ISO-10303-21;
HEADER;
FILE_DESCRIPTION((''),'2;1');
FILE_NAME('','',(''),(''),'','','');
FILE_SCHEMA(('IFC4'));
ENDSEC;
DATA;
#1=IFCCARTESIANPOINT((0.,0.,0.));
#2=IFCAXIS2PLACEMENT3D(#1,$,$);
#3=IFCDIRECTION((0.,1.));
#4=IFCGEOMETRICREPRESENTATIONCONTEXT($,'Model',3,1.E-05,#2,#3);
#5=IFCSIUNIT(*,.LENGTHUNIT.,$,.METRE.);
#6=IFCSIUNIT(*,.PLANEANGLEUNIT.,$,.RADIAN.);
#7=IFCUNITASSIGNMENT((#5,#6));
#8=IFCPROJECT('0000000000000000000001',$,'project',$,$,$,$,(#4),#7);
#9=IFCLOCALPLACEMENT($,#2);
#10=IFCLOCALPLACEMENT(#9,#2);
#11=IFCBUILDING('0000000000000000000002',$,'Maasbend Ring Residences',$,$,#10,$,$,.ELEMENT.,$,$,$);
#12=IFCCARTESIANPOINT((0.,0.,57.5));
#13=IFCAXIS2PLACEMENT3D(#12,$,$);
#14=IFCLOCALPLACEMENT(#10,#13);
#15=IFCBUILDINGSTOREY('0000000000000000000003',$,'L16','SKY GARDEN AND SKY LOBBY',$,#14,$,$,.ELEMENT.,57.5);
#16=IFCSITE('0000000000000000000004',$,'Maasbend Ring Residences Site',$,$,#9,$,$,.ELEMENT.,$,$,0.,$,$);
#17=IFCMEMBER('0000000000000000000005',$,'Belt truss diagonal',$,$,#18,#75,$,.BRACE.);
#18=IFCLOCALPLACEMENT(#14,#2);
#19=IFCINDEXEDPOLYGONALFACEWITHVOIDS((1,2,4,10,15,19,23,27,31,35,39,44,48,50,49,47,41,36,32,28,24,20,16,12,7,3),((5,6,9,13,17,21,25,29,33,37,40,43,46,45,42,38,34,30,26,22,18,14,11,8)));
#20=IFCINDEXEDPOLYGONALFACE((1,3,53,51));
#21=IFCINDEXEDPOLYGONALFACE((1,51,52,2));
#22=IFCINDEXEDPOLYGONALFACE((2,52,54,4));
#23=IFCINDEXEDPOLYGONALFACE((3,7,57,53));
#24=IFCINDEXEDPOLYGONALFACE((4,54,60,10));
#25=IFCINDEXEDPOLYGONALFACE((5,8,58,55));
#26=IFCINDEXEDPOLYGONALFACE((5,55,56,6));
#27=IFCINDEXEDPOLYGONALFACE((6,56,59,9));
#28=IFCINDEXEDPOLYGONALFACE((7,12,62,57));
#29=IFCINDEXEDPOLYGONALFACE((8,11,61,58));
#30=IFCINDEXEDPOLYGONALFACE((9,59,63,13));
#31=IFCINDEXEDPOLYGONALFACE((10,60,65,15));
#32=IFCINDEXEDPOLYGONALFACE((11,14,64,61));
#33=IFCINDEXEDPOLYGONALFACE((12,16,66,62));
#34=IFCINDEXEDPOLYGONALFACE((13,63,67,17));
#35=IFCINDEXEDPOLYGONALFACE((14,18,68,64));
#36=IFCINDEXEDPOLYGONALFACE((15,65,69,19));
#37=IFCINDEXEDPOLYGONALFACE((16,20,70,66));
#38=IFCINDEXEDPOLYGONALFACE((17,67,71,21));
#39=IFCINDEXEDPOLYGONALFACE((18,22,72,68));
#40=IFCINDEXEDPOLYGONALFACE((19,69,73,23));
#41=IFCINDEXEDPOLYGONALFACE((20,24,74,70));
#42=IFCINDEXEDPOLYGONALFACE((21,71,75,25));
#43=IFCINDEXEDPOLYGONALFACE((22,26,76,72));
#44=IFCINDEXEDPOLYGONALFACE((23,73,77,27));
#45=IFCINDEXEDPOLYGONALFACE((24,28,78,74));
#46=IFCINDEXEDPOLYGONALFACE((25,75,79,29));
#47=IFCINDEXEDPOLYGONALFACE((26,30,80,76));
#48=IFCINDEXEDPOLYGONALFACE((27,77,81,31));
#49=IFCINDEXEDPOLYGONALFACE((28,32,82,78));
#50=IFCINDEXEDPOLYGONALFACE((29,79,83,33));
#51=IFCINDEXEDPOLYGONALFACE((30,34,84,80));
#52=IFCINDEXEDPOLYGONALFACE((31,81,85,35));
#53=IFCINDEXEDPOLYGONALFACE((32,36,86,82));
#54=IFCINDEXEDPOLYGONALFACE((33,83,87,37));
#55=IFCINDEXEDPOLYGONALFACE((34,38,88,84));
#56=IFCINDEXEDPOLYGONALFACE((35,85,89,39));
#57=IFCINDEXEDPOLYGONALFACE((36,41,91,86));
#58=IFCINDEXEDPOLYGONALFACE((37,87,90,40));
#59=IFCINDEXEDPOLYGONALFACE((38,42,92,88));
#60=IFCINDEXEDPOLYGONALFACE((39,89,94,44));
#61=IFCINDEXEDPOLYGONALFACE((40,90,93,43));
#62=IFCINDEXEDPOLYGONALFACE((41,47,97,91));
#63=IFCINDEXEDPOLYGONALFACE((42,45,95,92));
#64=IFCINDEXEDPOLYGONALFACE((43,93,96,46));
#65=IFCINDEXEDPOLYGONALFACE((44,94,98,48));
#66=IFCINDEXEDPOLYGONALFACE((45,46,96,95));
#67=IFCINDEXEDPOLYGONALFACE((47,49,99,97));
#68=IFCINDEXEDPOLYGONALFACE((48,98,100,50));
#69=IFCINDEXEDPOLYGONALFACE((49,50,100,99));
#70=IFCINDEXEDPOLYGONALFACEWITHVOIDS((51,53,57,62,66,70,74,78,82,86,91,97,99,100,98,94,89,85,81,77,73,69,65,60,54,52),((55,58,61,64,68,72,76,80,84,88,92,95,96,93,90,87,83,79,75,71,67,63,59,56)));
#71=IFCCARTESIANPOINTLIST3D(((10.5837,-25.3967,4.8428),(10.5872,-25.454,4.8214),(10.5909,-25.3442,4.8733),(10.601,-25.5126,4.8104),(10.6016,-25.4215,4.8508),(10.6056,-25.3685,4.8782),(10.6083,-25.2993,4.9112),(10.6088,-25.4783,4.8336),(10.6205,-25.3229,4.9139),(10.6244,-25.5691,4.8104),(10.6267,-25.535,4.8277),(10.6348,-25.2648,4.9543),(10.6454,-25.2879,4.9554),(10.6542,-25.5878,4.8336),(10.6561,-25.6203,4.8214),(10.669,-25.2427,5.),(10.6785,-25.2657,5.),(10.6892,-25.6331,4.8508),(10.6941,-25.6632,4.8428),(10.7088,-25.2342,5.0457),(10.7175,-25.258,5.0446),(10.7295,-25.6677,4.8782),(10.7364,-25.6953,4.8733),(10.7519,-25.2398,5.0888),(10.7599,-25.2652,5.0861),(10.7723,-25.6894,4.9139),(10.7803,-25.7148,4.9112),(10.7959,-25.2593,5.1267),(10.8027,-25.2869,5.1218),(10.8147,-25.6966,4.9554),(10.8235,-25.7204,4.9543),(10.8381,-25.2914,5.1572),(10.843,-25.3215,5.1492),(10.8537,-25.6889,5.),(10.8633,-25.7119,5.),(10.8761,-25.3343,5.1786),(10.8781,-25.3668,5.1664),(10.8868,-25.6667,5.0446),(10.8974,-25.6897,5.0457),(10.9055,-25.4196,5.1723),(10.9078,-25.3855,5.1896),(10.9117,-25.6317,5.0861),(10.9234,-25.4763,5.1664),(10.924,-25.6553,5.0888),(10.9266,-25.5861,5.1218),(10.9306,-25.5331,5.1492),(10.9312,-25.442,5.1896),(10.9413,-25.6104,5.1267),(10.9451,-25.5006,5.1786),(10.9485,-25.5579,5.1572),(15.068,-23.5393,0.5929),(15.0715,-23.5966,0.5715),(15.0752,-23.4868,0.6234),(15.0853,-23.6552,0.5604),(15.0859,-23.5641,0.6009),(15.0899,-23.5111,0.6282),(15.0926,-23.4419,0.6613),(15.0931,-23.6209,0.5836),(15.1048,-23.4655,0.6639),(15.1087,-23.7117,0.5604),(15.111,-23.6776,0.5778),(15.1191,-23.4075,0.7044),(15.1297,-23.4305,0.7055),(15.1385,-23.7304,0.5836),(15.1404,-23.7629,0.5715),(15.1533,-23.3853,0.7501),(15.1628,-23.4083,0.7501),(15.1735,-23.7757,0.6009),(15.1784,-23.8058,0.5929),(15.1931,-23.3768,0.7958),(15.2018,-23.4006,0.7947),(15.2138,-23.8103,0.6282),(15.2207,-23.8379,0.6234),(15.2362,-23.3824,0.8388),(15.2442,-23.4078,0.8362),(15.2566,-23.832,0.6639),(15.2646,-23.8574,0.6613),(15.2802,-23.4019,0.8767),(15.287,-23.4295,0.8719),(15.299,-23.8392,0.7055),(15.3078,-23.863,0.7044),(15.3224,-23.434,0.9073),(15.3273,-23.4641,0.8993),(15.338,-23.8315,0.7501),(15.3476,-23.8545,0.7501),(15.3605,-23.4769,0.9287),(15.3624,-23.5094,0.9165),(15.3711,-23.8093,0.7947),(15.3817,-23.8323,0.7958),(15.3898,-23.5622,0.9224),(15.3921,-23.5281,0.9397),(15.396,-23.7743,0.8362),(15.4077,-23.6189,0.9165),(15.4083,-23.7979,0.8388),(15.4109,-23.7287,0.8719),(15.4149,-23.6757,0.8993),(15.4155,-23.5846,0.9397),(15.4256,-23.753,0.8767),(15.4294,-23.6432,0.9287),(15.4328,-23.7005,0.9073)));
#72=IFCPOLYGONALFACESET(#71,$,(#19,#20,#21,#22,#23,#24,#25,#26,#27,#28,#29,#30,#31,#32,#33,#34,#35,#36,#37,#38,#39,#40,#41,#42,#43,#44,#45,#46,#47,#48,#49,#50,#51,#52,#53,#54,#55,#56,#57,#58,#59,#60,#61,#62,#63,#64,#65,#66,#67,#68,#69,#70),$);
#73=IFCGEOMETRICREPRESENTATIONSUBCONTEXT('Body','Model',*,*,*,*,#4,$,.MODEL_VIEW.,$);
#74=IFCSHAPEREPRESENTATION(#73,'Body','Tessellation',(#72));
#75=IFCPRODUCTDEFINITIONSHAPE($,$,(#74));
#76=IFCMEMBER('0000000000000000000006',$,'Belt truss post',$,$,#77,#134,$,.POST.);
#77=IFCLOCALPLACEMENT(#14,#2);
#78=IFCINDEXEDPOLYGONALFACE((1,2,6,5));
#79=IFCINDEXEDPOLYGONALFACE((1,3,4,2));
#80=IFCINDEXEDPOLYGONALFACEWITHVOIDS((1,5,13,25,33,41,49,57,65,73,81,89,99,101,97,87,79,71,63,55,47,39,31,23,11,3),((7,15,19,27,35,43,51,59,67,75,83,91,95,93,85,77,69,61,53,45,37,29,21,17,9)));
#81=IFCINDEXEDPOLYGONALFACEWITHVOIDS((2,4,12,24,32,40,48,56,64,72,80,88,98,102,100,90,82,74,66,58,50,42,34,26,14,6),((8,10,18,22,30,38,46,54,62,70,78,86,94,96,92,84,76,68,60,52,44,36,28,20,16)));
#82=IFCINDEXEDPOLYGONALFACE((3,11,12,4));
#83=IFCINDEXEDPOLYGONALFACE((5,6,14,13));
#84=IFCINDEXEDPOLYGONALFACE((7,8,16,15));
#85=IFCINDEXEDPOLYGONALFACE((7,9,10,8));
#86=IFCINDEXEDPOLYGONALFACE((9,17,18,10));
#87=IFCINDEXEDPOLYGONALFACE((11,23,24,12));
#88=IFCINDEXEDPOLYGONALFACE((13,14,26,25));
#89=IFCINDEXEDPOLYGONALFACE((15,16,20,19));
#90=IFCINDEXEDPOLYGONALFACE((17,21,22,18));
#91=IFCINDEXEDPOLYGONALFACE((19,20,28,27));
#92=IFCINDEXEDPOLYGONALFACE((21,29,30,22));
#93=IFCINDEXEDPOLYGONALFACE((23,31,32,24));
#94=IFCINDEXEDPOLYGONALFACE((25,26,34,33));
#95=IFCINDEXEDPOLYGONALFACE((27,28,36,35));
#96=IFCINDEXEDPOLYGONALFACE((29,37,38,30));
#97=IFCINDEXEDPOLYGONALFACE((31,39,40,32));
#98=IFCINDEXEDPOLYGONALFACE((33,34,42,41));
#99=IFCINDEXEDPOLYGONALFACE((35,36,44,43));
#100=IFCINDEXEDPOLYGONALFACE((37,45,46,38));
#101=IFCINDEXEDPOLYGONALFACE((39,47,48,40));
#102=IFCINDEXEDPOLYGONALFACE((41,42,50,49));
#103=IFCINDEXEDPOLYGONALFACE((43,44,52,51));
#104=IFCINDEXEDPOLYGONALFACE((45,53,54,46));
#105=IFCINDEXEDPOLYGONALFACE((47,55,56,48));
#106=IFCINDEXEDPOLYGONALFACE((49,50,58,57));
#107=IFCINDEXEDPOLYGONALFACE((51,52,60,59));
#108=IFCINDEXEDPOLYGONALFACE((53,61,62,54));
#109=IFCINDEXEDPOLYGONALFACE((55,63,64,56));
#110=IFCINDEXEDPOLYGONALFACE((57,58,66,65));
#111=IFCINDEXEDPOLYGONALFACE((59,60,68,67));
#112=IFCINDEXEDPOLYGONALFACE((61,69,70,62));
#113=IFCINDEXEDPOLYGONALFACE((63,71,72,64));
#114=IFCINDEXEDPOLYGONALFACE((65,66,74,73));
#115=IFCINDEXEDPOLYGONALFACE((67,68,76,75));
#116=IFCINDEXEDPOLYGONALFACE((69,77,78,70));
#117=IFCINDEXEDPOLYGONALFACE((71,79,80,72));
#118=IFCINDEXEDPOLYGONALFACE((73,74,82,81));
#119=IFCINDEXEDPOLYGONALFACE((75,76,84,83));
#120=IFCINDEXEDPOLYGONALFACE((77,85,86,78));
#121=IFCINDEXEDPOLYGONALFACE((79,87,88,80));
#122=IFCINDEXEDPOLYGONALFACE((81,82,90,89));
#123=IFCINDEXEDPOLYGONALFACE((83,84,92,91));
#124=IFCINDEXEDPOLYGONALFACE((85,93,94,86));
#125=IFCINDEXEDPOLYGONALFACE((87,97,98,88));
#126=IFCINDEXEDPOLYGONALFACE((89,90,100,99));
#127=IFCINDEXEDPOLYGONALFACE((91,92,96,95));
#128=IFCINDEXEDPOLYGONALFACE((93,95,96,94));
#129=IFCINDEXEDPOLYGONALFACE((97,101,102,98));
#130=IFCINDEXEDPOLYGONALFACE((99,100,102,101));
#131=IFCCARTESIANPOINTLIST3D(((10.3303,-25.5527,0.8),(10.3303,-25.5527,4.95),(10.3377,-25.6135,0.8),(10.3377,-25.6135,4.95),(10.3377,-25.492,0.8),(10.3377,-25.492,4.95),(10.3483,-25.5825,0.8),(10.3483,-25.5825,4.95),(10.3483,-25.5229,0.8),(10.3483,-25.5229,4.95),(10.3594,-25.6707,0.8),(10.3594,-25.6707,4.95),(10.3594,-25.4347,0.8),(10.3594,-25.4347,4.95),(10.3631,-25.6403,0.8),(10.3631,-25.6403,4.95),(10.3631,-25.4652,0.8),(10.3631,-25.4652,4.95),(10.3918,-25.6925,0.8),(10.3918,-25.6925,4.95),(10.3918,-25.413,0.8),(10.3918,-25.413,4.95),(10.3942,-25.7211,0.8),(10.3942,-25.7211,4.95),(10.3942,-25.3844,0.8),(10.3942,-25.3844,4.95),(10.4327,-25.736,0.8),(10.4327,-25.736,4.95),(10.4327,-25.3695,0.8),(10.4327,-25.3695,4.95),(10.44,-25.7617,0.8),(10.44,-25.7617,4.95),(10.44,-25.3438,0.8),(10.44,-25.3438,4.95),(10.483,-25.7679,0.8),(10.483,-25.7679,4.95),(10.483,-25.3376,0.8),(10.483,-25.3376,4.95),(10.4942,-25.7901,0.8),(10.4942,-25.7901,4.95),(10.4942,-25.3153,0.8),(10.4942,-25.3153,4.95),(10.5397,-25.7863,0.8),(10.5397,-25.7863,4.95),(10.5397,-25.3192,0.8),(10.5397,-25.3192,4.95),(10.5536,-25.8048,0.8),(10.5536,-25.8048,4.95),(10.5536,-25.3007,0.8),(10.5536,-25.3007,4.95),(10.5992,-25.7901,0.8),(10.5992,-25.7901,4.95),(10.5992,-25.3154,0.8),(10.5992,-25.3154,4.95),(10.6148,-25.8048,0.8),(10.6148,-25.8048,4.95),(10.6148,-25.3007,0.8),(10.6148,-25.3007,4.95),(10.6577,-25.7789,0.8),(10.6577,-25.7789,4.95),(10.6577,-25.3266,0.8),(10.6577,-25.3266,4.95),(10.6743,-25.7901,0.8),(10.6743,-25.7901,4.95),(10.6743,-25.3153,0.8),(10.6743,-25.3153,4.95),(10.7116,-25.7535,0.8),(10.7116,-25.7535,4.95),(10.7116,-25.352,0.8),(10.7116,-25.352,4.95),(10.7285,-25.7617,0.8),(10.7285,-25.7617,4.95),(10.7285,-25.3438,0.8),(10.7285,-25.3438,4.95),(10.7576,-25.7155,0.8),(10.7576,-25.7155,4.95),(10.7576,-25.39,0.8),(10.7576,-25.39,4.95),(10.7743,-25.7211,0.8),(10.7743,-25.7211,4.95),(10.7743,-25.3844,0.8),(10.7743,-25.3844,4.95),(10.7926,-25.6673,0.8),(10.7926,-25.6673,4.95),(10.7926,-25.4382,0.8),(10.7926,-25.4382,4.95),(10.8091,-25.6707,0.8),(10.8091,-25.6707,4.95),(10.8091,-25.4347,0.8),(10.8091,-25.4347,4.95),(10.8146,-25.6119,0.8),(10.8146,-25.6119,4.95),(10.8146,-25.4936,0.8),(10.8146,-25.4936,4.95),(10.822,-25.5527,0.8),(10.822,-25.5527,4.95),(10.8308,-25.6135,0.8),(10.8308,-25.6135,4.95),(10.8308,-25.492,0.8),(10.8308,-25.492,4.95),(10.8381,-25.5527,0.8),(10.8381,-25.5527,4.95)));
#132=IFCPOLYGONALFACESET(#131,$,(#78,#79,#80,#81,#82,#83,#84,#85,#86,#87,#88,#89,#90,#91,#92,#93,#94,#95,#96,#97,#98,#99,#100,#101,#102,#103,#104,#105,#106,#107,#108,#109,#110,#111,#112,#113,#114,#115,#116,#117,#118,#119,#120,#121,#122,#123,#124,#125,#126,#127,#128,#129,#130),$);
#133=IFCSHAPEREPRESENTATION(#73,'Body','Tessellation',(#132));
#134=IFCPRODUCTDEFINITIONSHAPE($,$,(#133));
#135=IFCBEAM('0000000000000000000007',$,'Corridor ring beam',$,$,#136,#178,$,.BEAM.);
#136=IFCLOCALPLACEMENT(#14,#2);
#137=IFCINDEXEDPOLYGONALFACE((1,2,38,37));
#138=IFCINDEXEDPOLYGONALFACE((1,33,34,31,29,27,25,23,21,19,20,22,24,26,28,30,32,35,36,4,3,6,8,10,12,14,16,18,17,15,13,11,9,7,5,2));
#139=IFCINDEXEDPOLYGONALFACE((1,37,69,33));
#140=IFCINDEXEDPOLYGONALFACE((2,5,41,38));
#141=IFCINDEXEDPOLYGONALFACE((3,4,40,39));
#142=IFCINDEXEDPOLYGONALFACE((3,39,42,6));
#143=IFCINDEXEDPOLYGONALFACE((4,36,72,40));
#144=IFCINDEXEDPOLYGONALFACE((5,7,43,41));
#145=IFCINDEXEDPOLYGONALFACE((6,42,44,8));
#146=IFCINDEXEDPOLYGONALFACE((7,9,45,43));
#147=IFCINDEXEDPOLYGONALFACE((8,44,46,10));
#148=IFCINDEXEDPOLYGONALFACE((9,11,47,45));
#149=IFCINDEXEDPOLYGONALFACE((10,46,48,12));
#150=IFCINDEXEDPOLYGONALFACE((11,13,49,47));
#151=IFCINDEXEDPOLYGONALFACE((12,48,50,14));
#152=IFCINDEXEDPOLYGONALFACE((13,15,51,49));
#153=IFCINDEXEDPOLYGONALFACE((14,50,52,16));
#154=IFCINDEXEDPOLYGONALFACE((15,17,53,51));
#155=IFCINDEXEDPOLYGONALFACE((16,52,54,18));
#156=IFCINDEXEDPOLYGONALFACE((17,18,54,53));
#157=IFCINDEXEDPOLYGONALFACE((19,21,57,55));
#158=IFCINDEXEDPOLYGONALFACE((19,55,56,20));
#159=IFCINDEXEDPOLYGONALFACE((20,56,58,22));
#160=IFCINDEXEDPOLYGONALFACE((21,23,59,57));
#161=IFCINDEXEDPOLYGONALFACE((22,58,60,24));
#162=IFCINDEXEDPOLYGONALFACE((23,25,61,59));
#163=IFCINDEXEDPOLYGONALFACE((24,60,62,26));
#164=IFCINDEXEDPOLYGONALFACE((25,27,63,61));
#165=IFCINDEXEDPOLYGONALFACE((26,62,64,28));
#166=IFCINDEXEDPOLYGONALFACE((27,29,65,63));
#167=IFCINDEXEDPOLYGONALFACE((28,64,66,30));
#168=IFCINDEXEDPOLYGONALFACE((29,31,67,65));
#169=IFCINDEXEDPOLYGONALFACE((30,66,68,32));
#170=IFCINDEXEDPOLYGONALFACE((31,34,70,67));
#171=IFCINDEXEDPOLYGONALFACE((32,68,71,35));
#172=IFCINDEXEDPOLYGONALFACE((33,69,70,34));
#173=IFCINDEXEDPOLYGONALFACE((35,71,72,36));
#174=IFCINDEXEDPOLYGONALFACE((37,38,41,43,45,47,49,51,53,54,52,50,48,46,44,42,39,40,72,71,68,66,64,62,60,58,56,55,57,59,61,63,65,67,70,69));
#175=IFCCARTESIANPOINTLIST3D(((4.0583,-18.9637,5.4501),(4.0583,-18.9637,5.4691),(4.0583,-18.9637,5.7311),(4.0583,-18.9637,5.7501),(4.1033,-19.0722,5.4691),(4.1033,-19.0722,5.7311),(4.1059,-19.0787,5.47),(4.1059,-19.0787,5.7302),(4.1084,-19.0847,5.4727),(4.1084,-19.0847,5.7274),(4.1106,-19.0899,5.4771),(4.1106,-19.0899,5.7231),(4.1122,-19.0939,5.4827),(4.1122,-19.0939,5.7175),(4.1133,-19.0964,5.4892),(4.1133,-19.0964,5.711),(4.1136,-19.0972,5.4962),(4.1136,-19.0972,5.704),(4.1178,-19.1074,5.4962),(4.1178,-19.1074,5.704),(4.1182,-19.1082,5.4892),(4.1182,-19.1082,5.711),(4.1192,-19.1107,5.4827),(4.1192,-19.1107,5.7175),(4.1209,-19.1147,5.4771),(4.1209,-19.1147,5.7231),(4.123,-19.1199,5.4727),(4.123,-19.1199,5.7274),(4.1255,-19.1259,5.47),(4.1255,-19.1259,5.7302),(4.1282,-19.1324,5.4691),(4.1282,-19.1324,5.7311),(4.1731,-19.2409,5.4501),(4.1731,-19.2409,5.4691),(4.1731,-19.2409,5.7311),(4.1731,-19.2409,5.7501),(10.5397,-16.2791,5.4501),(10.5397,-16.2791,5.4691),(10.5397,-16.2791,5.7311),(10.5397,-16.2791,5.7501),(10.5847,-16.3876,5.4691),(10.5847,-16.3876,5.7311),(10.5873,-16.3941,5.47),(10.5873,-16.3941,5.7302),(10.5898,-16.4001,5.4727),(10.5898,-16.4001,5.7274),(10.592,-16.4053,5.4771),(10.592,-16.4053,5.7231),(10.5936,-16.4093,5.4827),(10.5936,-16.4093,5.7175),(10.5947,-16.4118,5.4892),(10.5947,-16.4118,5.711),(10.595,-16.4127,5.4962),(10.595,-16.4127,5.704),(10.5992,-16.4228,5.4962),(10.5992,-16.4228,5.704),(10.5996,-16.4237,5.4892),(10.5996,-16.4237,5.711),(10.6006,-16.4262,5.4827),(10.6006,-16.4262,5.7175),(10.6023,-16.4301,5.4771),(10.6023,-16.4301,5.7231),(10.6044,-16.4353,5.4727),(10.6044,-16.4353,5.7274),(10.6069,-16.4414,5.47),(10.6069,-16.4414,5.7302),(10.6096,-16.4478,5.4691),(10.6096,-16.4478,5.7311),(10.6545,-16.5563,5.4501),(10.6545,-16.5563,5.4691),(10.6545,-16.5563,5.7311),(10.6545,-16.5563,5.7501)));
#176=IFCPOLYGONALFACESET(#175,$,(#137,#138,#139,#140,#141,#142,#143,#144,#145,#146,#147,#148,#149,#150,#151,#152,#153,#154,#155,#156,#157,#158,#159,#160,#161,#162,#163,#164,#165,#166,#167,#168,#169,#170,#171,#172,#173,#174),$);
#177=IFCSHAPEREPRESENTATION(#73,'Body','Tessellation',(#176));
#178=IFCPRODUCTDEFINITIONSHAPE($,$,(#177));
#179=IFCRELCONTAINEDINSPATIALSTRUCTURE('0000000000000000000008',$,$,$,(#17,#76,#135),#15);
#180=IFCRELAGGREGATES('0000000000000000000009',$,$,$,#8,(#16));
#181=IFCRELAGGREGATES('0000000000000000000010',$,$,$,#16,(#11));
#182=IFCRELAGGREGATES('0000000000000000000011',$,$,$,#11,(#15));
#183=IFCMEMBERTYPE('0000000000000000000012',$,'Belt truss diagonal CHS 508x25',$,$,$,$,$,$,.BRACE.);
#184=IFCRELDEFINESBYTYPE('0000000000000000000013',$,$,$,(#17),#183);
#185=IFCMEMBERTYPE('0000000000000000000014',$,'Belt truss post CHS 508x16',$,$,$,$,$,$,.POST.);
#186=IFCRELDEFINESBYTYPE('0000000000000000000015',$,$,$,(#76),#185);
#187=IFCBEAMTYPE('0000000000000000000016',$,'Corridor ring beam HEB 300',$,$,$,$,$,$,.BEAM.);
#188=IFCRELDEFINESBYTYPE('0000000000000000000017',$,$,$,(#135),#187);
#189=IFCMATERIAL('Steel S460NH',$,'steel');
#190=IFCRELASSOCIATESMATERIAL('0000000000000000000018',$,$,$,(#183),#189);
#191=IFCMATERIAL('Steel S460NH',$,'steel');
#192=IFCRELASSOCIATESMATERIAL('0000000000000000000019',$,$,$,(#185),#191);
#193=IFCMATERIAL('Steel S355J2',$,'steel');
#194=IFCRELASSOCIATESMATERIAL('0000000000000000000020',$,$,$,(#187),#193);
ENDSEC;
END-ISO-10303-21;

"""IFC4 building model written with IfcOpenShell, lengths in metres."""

from ifc_helpers import new_model, si_unit, direction, frame, origin, origin_2d, place, context, subcontext, project, spatial, hollow_circle, i_section, extrude, material, material_profile, profile_set, type_object, element, save


model = new_model("IFC4")

# Units and contexts
model_context = context("Model", 3, precision=1e-05, world=origin(), true_north=direction((0.0, 1.0)))
body_context = subcontext(model_context, "Body", "Model", "MODEL_VIEW")
ifc_project = project(units=[si_unit("LENGTHUNIT", "METRE"), si_unit("PLANEANGLEUNIT", "RADIAN")], contexts=[model_context])

# Site, building, storey
site_placement = place(None, origin())
site = spatial("IfcSite", under=ifc_project, at=site_placement, Name="Maasbend Ring Residences Site", CompositionType="ELEMENT", RefElevation=0.0)
building_placement = place(site_placement, origin())
building = spatial("IfcBuilding", under=site, at=building_placement, Name="Maasbend Ring Residences", CompositionType="ELEMENT")
storey_placement = place(building_placement, frame((0.0, 0.0, 57.5)))
storey = spatial("IfcBuildingStorey", under=building, at=storey_placement, Name="L16", Description="SKY GARDEN AND SKY LOBBY", CompositionType="ELEMENT", Elevation=57.5)

# Members
ifc_material_1 = material(Name="Steel S460NH", Category="steel")
ifc_material_profile_1 = material_profile(ifc_material_1, hollow_circle(Radius=0.2539, WallThickness=0.0249, at=origin_2d()), Name="Belt truss diagonal CHS 508x25")
ifc_profile_set_1 = profile_set([ifc_material_profile_1], Name="Steel S460NH")
member_type_1 = type_object("IfcMemberType", Name="Belt truss diagonal CHS 508x25", PredefinedType="BRACE", material=ifc_profile_set_1)
for number, where, z_axis, x_axis, name in (
    (1, (10.7661, -25.4773, 5.0), (0.695088, 0.287904, -0.658759), (-0.382672, 0.923884, 0.0), "Belt truss diagonal"),
):
    element("IfcMember", number, at=place(storey_placement, frame(where, z_axis=z_axis, x_axis=x_axis)), inside=storey, type_object=member_type_1, Name=name, PredefinedType="BRACE", context=body_context, shape_type="SweptSolid", body=[
        extrude(hollow_circle(Radius=0.2539, WallThickness=0.0249, at=origin_2d()), origin(), (0.0, 0.0, 1.0), 6.4514),
    ])
ifc_material_2 = material(Name="Steel S460NH", Category="steel")
ifc_material_profile_2 = material_profile(ifc_material_2, hollow_circle(Radius=0.2539, WallThickness=0.0161, at=origin_2d()), Name="Belt truss post CHS 508x16")
ifc_profile_set_2 = profile_set([ifc_material_profile_2], Name="Steel S460NH")
member_type_2 = type_object("IfcMemberType", Name="Belt truss post CHS 508x16", PredefinedType="POST", material=ifc_profile_set_2)
member_1_placement = place(storey_placement, frame((10.5842, -25.5527, 0.8), z_axis=(0.0, 0.0, 1.0), x_axis=(1.0, 0.0, 0.0)))
element("IfcMember", 2, at=member_1_placement, inside=storey, type_object=member_type_2, Name="Belt truss post", PredefinedType="POST", context=body_context, shape_type="SweptSolid", body=[
    extrude(hollow_circle(Radius=0.2539, WallThickness=0.0161, at=origin_2d()), origin(), (0.0, 0.0, 1.0), 4.1499),
])

# Beam
ifc_material_3 = material(Name="Steel S355J2", Category="steel")
ifc_material_profile_3 = material_profile(ifc_material_3, i_section(OverallWidth=0.3, OverallDepth=0.3, WebThickness=0.011, FlangeThickness=0.019, FilletRadius=0.0271, at=origin_2d()), Name="HEB 300")
ifc_profile_set_3 = profile_set([ifc_material_profile_3], Name="Steel S355J2")
beam_type_1 = type_object("IfcBeamType", Name="Corridor ring beam HEB 300", PredefinedType="BEAM", material=ifc_profile_set_3)
beam_1_placement = place(storey_placement, frame((4.1157, -19.1023, 5.6001), z_axis=(0.923886, 0.382667, 0.0), x_axis=(-0.382667, 0.923886, 0.0)))
element("IfcBeam", 3, at=beam_1_placement, inside=storey, type_object=beam_type_1, Name="Corridor ring beam", PredefinedType="BEAM", context=body_context, shape_type="SweptSolid", body=[
    extrude(i_section(OverallWidth=0.3, OverallDepth=0.3, WebThickness=0.011, FlangeThickness=0.019, FilletRadius=0.0271, at=origin_2d()), origin(), (0.0, 0.0, 1.0), 7.0154),
])

save(model, "model.ifc")
